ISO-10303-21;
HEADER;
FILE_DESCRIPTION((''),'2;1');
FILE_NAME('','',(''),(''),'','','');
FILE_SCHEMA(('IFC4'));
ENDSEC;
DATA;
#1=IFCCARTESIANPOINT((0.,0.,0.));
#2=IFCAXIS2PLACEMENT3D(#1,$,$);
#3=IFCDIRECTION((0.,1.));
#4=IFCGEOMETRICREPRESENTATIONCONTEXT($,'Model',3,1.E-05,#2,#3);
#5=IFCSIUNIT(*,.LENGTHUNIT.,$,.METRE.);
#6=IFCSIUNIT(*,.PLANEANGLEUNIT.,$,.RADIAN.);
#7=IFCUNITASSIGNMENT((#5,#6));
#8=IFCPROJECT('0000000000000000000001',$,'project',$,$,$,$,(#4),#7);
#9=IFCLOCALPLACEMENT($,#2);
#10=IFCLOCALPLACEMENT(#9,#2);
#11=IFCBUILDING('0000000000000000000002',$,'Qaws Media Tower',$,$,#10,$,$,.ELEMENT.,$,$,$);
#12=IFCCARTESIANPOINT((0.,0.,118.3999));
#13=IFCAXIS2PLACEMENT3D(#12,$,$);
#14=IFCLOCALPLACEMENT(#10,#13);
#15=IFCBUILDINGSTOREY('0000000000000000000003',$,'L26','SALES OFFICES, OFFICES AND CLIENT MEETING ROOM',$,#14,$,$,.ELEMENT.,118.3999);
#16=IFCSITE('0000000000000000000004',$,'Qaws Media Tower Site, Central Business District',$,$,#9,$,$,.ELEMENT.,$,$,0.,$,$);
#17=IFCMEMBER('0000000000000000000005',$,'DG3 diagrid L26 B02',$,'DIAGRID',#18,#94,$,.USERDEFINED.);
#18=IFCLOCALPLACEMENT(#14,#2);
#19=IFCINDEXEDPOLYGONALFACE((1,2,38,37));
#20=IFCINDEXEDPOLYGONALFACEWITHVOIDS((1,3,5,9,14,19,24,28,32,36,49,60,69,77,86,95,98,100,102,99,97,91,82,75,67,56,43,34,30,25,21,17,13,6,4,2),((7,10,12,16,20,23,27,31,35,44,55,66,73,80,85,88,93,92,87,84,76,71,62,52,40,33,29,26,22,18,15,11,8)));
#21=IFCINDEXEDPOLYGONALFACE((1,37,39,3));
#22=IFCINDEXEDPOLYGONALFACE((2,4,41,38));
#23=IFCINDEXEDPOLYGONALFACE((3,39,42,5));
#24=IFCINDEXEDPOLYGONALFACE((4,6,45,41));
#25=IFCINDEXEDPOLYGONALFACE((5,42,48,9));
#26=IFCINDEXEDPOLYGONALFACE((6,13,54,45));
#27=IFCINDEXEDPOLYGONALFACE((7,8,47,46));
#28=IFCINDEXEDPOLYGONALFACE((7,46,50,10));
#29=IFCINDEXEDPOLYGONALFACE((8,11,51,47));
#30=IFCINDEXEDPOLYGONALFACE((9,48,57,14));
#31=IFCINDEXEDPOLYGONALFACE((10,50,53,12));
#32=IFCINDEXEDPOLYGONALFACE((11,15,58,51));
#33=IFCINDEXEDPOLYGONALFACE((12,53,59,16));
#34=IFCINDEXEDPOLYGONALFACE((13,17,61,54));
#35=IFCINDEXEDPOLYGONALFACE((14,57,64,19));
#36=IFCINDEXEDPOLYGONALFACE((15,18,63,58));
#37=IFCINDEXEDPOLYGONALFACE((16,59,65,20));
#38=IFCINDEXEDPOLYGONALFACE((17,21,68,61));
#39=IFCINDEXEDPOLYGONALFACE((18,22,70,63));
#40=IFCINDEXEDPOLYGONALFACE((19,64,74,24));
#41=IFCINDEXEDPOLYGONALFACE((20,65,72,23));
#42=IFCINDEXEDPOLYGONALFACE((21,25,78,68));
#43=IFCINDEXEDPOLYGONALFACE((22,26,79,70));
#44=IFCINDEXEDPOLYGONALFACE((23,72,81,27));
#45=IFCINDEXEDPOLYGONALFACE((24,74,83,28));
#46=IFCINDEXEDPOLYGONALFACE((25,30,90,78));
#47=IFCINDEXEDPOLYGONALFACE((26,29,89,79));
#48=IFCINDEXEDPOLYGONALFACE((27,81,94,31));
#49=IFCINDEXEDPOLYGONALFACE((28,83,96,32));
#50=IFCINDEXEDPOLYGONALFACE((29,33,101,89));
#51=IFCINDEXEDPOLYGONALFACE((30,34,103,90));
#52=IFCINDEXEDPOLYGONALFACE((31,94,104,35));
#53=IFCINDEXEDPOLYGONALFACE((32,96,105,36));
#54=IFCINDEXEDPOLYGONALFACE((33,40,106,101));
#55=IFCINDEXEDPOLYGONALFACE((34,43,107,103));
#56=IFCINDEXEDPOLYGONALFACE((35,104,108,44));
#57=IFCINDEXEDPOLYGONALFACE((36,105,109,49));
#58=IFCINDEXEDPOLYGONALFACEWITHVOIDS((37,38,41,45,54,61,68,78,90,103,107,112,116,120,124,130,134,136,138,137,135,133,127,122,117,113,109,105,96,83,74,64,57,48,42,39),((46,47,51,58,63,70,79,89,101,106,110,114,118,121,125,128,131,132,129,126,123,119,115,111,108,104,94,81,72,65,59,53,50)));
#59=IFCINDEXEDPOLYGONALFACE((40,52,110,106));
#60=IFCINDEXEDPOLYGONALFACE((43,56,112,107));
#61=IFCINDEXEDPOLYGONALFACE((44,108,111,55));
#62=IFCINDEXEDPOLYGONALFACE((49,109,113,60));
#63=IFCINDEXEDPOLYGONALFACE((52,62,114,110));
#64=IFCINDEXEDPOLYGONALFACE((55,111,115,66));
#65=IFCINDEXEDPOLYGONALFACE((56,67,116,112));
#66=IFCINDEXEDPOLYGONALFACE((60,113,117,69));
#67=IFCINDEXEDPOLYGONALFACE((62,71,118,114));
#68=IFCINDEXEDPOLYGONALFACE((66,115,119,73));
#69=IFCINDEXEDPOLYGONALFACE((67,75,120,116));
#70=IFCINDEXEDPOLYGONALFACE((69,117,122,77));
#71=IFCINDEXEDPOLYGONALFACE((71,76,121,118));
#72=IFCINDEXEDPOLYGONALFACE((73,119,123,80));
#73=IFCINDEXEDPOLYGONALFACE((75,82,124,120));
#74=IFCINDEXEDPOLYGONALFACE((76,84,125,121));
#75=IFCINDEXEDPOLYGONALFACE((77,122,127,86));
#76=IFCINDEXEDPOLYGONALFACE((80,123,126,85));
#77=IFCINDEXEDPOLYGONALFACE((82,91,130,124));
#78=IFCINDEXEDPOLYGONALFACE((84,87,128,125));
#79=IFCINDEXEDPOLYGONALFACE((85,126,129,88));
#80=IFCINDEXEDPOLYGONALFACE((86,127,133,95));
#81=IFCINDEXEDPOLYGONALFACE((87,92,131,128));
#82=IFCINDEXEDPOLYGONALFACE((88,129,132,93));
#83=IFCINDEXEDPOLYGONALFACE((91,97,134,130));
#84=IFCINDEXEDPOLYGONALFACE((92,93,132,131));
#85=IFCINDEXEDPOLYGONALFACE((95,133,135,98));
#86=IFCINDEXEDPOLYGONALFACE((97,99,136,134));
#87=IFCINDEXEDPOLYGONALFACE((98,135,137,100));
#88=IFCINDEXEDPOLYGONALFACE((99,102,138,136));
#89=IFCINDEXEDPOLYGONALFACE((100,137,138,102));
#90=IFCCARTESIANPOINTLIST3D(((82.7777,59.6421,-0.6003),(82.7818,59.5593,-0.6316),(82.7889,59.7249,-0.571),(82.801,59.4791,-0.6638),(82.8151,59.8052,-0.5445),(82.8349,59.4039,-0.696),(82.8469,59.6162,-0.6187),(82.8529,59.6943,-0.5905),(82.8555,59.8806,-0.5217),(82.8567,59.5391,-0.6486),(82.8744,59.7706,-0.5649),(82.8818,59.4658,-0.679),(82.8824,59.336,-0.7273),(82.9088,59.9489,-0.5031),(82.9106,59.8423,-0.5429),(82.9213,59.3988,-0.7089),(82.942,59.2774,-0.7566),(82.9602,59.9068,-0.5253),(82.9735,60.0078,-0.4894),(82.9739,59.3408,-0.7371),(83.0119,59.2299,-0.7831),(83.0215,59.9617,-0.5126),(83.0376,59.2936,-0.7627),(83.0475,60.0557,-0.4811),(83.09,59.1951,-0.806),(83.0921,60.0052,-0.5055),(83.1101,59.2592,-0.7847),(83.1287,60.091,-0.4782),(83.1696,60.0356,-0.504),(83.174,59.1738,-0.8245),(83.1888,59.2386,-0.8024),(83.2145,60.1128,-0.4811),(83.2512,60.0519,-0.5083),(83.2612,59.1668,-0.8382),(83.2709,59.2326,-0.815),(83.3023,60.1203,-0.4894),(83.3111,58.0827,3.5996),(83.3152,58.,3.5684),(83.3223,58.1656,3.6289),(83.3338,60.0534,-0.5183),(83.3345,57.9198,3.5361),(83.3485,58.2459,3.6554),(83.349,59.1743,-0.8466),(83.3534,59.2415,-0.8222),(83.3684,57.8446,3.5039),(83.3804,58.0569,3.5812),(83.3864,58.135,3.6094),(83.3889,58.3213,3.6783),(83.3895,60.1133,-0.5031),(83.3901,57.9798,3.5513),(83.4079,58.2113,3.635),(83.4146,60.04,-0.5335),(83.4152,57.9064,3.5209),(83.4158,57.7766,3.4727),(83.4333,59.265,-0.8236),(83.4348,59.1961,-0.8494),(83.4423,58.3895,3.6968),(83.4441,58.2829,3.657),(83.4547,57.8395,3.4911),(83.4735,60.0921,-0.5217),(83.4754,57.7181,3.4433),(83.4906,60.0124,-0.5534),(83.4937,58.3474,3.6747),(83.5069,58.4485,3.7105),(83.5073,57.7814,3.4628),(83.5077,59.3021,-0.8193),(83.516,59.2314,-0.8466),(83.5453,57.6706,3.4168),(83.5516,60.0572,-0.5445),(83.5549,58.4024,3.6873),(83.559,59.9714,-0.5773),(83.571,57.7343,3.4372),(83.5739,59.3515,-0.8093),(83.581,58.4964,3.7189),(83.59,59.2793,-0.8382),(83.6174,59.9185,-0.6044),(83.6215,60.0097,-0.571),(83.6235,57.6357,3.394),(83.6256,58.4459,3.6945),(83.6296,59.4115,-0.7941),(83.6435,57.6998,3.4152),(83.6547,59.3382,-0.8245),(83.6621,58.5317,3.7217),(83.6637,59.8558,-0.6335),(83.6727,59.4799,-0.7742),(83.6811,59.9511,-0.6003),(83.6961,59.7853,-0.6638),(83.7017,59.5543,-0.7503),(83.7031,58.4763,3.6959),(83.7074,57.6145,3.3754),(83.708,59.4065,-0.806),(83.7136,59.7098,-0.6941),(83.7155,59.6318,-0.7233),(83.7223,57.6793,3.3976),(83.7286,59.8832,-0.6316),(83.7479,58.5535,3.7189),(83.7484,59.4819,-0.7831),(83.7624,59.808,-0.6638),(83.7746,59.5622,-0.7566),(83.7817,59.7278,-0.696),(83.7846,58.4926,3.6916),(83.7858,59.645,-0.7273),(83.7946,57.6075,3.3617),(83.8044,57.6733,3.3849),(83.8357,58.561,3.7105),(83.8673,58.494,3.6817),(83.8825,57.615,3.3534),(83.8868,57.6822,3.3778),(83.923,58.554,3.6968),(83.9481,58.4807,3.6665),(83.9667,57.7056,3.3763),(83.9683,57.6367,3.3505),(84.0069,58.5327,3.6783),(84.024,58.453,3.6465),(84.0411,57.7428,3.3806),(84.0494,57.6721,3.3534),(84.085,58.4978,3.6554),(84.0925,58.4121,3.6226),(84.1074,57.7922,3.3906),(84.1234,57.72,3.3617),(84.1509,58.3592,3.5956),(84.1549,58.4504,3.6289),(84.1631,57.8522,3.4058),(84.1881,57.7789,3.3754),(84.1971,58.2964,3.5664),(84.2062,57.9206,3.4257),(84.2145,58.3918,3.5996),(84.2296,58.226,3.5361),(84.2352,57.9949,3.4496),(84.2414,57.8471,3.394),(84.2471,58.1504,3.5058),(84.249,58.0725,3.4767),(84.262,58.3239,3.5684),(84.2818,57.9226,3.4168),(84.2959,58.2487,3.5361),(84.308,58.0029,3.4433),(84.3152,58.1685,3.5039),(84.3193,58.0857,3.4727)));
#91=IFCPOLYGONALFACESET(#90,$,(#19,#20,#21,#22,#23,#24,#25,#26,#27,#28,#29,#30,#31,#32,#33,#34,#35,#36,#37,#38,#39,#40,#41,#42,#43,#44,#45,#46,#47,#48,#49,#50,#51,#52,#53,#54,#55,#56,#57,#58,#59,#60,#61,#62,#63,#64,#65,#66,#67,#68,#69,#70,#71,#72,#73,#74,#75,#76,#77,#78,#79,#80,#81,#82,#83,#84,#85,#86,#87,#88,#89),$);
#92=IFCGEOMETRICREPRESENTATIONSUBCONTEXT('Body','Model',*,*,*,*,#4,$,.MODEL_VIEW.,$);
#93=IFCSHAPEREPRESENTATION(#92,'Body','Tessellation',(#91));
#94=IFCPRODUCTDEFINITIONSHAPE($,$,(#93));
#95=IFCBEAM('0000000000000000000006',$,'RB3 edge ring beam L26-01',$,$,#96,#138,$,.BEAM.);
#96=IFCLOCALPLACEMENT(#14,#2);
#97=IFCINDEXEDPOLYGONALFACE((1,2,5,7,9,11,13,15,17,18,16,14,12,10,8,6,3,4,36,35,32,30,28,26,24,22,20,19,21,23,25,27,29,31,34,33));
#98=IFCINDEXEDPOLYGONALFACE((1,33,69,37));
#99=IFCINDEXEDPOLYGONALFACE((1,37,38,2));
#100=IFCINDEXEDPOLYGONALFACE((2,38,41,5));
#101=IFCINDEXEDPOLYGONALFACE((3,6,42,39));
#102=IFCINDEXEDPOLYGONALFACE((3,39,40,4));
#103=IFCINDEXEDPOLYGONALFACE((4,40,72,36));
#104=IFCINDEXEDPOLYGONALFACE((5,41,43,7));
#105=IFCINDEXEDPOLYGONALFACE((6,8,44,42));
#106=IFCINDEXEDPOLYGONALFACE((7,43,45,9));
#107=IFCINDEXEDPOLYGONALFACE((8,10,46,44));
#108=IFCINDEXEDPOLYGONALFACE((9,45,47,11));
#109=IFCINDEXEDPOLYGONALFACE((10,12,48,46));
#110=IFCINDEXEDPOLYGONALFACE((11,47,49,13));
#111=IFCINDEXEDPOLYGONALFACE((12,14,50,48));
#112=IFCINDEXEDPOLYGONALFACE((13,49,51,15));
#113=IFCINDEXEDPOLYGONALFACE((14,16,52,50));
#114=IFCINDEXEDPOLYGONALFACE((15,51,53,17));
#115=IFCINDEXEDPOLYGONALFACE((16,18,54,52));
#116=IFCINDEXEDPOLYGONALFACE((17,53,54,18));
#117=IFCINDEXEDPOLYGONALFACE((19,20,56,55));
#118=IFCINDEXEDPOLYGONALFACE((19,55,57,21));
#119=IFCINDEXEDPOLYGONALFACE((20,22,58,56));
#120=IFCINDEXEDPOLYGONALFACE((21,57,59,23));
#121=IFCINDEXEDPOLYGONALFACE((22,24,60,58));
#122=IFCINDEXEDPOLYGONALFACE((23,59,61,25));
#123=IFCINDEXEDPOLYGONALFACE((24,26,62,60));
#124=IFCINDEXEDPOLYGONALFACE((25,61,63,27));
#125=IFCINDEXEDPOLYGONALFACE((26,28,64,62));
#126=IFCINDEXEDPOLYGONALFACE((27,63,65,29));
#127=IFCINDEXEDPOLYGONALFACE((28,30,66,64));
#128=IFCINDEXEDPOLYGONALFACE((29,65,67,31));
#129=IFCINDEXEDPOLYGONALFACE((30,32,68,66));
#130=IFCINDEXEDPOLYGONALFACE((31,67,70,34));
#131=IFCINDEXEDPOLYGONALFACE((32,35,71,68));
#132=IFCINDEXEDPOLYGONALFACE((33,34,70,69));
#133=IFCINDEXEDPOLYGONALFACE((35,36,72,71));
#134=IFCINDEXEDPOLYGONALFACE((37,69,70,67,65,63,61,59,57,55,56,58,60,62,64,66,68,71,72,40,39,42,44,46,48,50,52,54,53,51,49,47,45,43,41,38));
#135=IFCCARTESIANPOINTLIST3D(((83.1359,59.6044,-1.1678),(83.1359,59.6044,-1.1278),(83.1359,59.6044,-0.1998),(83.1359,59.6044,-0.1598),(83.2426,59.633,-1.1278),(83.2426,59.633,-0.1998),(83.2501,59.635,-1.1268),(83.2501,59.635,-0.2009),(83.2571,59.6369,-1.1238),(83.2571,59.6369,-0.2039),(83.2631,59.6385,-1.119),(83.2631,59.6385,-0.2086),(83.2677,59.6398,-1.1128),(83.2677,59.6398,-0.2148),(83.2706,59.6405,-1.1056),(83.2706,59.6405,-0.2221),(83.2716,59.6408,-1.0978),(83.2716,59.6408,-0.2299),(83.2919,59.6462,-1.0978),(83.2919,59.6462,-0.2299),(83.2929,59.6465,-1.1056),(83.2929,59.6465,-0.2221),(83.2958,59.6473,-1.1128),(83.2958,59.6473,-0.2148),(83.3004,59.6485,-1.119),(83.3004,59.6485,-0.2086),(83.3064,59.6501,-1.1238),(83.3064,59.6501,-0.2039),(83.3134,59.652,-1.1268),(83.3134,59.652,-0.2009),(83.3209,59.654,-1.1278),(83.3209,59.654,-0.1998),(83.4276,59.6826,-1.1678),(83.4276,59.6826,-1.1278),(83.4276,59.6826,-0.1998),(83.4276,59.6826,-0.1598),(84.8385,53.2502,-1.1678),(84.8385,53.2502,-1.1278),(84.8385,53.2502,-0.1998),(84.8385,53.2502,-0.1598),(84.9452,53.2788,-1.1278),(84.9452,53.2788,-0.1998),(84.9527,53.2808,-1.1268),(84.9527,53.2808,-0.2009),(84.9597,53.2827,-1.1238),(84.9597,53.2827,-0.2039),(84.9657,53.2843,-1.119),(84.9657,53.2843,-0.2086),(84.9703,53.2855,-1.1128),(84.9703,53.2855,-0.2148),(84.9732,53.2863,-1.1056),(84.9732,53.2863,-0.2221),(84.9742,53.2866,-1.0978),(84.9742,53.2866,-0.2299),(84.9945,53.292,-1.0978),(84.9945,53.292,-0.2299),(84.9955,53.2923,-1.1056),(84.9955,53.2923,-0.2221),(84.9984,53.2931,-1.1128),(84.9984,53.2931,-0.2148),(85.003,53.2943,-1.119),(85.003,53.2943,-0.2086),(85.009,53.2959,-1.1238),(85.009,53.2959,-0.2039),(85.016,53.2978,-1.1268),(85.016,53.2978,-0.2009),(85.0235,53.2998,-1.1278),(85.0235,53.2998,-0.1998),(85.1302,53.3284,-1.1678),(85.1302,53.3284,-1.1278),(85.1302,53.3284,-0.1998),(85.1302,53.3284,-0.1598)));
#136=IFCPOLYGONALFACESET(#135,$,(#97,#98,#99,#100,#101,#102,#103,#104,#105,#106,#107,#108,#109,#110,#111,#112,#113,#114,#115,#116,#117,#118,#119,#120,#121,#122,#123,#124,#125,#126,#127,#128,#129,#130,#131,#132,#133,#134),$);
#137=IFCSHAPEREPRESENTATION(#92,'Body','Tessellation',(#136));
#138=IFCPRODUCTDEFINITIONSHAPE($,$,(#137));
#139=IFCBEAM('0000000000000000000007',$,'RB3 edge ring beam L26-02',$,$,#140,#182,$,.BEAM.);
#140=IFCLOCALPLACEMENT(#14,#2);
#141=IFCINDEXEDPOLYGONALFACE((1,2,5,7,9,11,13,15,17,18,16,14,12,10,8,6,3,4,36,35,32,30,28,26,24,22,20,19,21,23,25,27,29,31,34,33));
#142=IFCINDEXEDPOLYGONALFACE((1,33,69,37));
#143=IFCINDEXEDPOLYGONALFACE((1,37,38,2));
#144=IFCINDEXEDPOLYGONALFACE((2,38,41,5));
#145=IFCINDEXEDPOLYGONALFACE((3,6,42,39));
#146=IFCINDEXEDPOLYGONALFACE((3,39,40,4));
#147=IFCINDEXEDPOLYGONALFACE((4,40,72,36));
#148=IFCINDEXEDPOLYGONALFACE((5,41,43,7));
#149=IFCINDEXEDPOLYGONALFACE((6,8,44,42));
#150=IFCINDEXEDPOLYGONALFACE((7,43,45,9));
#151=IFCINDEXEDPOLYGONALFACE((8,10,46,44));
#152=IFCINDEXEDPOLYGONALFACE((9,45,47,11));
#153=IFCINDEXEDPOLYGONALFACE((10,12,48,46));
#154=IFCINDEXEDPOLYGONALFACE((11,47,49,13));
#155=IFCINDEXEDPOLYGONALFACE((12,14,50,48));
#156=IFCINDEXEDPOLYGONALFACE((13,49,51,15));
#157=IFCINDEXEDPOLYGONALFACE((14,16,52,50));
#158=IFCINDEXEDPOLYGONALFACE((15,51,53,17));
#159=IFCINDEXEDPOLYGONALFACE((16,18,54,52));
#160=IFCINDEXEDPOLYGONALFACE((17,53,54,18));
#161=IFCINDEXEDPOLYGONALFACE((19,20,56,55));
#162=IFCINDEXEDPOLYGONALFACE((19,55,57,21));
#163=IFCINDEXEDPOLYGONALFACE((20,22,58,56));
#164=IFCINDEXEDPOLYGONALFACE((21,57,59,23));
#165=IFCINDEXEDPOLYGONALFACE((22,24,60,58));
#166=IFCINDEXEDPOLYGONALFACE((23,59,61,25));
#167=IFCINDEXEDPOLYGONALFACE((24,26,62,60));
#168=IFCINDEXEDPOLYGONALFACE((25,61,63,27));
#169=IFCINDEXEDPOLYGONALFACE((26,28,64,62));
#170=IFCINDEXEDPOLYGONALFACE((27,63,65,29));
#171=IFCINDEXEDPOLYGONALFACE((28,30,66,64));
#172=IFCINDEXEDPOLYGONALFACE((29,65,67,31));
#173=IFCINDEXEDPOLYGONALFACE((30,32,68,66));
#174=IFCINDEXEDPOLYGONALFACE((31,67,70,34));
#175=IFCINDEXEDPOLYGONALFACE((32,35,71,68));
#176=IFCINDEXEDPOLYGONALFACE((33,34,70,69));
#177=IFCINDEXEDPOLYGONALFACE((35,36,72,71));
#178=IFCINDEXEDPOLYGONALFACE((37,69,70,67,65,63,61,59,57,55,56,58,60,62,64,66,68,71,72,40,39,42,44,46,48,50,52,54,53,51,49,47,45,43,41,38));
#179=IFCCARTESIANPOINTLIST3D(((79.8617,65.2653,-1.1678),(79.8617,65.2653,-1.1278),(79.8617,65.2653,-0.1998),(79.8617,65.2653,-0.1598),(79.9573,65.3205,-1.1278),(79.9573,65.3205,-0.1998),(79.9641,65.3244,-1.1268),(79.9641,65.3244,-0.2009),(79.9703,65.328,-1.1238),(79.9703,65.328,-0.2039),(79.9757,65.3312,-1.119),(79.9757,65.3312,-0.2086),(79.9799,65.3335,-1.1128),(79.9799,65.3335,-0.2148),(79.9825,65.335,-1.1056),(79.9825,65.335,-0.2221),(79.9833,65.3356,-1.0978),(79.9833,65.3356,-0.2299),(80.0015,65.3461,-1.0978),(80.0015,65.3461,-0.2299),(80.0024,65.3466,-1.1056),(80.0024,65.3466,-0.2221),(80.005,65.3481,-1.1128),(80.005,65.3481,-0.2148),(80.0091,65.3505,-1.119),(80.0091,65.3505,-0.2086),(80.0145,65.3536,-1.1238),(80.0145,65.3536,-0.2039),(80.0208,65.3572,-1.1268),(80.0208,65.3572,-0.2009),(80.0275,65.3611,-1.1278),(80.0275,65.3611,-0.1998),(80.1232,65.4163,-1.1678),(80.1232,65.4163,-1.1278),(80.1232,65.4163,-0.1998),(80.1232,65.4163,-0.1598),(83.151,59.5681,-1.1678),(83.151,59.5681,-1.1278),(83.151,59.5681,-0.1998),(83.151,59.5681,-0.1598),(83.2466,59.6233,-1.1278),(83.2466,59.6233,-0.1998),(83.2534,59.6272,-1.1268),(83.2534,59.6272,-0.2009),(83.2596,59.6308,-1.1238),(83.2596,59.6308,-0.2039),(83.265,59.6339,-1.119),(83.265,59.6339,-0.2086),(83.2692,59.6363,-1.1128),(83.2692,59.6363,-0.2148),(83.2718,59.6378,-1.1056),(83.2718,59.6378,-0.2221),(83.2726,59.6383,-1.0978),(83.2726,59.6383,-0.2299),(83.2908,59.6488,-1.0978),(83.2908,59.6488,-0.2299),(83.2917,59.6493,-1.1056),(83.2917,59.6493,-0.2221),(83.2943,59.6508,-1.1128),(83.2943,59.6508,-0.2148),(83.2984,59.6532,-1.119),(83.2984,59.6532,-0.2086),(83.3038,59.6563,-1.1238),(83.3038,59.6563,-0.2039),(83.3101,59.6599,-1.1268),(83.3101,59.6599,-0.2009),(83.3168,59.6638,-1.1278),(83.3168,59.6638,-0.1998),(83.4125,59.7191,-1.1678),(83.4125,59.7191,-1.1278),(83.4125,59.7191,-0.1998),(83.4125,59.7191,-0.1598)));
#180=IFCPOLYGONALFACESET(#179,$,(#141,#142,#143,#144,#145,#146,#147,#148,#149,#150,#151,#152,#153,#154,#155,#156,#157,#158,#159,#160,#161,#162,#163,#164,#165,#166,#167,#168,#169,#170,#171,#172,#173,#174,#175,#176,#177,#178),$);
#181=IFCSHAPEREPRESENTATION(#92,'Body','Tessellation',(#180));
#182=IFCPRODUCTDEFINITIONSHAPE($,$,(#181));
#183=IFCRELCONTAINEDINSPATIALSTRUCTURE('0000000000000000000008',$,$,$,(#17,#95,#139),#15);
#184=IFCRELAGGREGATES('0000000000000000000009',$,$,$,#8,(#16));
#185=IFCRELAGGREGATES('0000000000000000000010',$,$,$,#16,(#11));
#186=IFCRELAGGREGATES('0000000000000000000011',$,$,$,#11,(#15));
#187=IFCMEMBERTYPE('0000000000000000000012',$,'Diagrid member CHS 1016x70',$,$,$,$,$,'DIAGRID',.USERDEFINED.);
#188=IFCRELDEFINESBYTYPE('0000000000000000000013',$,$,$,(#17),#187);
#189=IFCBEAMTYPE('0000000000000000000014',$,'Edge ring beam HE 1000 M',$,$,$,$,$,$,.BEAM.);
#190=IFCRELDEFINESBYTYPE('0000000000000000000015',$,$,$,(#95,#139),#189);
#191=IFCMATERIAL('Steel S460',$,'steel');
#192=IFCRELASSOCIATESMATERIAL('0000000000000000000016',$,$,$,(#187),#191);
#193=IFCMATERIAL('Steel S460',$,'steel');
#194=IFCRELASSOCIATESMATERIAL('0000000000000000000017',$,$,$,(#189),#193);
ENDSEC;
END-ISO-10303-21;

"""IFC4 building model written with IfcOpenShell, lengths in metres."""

from ifc_helpers import new_model, si_unit, direction, frame, origin, origin_2d, place, context, subcontext, project, spatial, hollow_circle, i_section, extrude, material, material_profile, profile_set, type_object, element, save


model = new_model("IFC4")

# Units and contexts
model_context = context("Model", 3, precision=1e-05, world=origin(), true_north=direction((0.0, 1.0)))
body_context = subcontext(model_context, "Body", "Model", "MODEL_VIEW")
ifc_project = project(units=[si_unit("LENGTHUNIT", "METRE"), si_unit("PLANEANGLEUNIT", "RADIAN")], contexts=[model_context])

# Site, building, storey
site_placement = place(None, origin())
site = spatial("IfcSite", under=ifc_project, at=site_placement, Name="Qaws Media Tower Site, Central Business District", CompositionType="ELEMENT", RefElevation=0.0)
building_placement = place(site_placement, origin())
building = spatial("IfcBuilding", under=site, at=building_placement, Name="Qaws Media Tower", CompositionType="ELEMENT")
storey_placement = place(building_placement, frame((0.0, 0.0, 118.3999)))
storey = spatial("IfcBuildingStorey", under=building, at=storey_placement, Name="L26", Description="SALES OFFICES, OFFICES AND CLIENT MEETING ROOM", CompositionType="ELEMENT", Elevation=118.3999)

# Member
ifc_material_1 = material(Name="Steel S460", Category="steel")
ifc_material_profile_1 = material_profile(ifc_material_1, hollow_circle(Radius=0.5081, WallThickness=0.0701, at=origin_2d()), Name="CHS 1016x70")
ifc_profile_set_1 = profile_set([ifc_material_profile_1], Name="Steel S460")
member_type_1 = type_object("IfcMemberType", Name="Diagrid member CHS 1016x70", ElementType="DIAGRID", PredefinedType="USERDEFINED", material=ifc_profile_set_1)
for number, where, z_axis, x_axis, name in (
    (1, (83.2817, 59.6436, -0.6638), (0.118236, -0.345616, 0.930897), (0.946165, 0.323684, 0.0), "DG3 diagrid L26 B02"),
):
    element("IfcMember", number, at=place(storey_placement, frame(where, z_axis=z_axis, x_axis=x_axis)), inside=storey, type_object=member_type_1, Name=name, ObjectType="DIAGRID", PredefinedType="USERDEFINED", context=body_context, shape_type="SweptSolid", body=[
        extrude(hollow_circle(Radius=0.5081, WallThickness=0.0701, at=origin_2d()), origin(), (0.0, 0.0, 1.0), 4.5117),
    ])

# Beams
ifc_material_2 = material(Name="Steel S460", Category="steel")
ifc_material_profile_2 = material_profile(ifc_material_2, i_section(OverallWidth=0.302, OverallDepth=1.0081, WebThickness=0.021, FlangeThickness=0.04, FilletRadius=0.03, at=origin_2d()), Name="HE 1000 M")
ifc_profile_set_2 = profile_set([ifc_material_profile_2], Name="Steel S460")
beam_type_1 = type_object("IfcBeamType", Name="Edge ring beam HE 1000 M", PredefinedType="BEAM", material=ifc_profile_set_2)
beam_1_placement = place(storey_placement, frame((84.9844, 53.2893, -0.6638), z_axis=(-0.258822, 0.965925, 0.0), x_axis=(-0.965925, -0.258822, 0.0)))
element("IfcBeam", 2, at=beam_1_placement, inside=storey, type_object=beam_type_1, Name="RB3 edge ring beam L26-01", PredefinedType="BEAM", context=body_context, shape_type="SweptSolid", body=[
    extrude(i_section(OverallWidth=0.302, OverallDepth=1.0081, WebThickness=0.021, FlangeThickness=0.04, FilletRadius=0.03, at=origin_2d()), origin(), (0.0, 0.0, 1.0), 6.5784),
])
beam_2_placement = place(storey_placement, frame((83.2817, 59.6436, -0.6638), z_axis=(-0.499999, 0.866026, 0.0), x_axis=(-0.866026, -0.499999, 0.0)))
element("IfcBeam", 3, at=beam_2_placement, inside=storey, type_object=beam_type_1, Name="RB3 edge ring beam L26-02", PredefinedType="BEAM", context=body_context, shape_type="SweptSolid", body=[
    extrude(i_section(OverallWidth=0.302, OverallDepth=1.0081, WebThickness=0.021, FlangeThickness=0.04, FilletRadius=0.03, at=origin_2d()), origin(), (0.0, 0.0, 1.0), 6.5786),
])

save(model, "model.ifc")
